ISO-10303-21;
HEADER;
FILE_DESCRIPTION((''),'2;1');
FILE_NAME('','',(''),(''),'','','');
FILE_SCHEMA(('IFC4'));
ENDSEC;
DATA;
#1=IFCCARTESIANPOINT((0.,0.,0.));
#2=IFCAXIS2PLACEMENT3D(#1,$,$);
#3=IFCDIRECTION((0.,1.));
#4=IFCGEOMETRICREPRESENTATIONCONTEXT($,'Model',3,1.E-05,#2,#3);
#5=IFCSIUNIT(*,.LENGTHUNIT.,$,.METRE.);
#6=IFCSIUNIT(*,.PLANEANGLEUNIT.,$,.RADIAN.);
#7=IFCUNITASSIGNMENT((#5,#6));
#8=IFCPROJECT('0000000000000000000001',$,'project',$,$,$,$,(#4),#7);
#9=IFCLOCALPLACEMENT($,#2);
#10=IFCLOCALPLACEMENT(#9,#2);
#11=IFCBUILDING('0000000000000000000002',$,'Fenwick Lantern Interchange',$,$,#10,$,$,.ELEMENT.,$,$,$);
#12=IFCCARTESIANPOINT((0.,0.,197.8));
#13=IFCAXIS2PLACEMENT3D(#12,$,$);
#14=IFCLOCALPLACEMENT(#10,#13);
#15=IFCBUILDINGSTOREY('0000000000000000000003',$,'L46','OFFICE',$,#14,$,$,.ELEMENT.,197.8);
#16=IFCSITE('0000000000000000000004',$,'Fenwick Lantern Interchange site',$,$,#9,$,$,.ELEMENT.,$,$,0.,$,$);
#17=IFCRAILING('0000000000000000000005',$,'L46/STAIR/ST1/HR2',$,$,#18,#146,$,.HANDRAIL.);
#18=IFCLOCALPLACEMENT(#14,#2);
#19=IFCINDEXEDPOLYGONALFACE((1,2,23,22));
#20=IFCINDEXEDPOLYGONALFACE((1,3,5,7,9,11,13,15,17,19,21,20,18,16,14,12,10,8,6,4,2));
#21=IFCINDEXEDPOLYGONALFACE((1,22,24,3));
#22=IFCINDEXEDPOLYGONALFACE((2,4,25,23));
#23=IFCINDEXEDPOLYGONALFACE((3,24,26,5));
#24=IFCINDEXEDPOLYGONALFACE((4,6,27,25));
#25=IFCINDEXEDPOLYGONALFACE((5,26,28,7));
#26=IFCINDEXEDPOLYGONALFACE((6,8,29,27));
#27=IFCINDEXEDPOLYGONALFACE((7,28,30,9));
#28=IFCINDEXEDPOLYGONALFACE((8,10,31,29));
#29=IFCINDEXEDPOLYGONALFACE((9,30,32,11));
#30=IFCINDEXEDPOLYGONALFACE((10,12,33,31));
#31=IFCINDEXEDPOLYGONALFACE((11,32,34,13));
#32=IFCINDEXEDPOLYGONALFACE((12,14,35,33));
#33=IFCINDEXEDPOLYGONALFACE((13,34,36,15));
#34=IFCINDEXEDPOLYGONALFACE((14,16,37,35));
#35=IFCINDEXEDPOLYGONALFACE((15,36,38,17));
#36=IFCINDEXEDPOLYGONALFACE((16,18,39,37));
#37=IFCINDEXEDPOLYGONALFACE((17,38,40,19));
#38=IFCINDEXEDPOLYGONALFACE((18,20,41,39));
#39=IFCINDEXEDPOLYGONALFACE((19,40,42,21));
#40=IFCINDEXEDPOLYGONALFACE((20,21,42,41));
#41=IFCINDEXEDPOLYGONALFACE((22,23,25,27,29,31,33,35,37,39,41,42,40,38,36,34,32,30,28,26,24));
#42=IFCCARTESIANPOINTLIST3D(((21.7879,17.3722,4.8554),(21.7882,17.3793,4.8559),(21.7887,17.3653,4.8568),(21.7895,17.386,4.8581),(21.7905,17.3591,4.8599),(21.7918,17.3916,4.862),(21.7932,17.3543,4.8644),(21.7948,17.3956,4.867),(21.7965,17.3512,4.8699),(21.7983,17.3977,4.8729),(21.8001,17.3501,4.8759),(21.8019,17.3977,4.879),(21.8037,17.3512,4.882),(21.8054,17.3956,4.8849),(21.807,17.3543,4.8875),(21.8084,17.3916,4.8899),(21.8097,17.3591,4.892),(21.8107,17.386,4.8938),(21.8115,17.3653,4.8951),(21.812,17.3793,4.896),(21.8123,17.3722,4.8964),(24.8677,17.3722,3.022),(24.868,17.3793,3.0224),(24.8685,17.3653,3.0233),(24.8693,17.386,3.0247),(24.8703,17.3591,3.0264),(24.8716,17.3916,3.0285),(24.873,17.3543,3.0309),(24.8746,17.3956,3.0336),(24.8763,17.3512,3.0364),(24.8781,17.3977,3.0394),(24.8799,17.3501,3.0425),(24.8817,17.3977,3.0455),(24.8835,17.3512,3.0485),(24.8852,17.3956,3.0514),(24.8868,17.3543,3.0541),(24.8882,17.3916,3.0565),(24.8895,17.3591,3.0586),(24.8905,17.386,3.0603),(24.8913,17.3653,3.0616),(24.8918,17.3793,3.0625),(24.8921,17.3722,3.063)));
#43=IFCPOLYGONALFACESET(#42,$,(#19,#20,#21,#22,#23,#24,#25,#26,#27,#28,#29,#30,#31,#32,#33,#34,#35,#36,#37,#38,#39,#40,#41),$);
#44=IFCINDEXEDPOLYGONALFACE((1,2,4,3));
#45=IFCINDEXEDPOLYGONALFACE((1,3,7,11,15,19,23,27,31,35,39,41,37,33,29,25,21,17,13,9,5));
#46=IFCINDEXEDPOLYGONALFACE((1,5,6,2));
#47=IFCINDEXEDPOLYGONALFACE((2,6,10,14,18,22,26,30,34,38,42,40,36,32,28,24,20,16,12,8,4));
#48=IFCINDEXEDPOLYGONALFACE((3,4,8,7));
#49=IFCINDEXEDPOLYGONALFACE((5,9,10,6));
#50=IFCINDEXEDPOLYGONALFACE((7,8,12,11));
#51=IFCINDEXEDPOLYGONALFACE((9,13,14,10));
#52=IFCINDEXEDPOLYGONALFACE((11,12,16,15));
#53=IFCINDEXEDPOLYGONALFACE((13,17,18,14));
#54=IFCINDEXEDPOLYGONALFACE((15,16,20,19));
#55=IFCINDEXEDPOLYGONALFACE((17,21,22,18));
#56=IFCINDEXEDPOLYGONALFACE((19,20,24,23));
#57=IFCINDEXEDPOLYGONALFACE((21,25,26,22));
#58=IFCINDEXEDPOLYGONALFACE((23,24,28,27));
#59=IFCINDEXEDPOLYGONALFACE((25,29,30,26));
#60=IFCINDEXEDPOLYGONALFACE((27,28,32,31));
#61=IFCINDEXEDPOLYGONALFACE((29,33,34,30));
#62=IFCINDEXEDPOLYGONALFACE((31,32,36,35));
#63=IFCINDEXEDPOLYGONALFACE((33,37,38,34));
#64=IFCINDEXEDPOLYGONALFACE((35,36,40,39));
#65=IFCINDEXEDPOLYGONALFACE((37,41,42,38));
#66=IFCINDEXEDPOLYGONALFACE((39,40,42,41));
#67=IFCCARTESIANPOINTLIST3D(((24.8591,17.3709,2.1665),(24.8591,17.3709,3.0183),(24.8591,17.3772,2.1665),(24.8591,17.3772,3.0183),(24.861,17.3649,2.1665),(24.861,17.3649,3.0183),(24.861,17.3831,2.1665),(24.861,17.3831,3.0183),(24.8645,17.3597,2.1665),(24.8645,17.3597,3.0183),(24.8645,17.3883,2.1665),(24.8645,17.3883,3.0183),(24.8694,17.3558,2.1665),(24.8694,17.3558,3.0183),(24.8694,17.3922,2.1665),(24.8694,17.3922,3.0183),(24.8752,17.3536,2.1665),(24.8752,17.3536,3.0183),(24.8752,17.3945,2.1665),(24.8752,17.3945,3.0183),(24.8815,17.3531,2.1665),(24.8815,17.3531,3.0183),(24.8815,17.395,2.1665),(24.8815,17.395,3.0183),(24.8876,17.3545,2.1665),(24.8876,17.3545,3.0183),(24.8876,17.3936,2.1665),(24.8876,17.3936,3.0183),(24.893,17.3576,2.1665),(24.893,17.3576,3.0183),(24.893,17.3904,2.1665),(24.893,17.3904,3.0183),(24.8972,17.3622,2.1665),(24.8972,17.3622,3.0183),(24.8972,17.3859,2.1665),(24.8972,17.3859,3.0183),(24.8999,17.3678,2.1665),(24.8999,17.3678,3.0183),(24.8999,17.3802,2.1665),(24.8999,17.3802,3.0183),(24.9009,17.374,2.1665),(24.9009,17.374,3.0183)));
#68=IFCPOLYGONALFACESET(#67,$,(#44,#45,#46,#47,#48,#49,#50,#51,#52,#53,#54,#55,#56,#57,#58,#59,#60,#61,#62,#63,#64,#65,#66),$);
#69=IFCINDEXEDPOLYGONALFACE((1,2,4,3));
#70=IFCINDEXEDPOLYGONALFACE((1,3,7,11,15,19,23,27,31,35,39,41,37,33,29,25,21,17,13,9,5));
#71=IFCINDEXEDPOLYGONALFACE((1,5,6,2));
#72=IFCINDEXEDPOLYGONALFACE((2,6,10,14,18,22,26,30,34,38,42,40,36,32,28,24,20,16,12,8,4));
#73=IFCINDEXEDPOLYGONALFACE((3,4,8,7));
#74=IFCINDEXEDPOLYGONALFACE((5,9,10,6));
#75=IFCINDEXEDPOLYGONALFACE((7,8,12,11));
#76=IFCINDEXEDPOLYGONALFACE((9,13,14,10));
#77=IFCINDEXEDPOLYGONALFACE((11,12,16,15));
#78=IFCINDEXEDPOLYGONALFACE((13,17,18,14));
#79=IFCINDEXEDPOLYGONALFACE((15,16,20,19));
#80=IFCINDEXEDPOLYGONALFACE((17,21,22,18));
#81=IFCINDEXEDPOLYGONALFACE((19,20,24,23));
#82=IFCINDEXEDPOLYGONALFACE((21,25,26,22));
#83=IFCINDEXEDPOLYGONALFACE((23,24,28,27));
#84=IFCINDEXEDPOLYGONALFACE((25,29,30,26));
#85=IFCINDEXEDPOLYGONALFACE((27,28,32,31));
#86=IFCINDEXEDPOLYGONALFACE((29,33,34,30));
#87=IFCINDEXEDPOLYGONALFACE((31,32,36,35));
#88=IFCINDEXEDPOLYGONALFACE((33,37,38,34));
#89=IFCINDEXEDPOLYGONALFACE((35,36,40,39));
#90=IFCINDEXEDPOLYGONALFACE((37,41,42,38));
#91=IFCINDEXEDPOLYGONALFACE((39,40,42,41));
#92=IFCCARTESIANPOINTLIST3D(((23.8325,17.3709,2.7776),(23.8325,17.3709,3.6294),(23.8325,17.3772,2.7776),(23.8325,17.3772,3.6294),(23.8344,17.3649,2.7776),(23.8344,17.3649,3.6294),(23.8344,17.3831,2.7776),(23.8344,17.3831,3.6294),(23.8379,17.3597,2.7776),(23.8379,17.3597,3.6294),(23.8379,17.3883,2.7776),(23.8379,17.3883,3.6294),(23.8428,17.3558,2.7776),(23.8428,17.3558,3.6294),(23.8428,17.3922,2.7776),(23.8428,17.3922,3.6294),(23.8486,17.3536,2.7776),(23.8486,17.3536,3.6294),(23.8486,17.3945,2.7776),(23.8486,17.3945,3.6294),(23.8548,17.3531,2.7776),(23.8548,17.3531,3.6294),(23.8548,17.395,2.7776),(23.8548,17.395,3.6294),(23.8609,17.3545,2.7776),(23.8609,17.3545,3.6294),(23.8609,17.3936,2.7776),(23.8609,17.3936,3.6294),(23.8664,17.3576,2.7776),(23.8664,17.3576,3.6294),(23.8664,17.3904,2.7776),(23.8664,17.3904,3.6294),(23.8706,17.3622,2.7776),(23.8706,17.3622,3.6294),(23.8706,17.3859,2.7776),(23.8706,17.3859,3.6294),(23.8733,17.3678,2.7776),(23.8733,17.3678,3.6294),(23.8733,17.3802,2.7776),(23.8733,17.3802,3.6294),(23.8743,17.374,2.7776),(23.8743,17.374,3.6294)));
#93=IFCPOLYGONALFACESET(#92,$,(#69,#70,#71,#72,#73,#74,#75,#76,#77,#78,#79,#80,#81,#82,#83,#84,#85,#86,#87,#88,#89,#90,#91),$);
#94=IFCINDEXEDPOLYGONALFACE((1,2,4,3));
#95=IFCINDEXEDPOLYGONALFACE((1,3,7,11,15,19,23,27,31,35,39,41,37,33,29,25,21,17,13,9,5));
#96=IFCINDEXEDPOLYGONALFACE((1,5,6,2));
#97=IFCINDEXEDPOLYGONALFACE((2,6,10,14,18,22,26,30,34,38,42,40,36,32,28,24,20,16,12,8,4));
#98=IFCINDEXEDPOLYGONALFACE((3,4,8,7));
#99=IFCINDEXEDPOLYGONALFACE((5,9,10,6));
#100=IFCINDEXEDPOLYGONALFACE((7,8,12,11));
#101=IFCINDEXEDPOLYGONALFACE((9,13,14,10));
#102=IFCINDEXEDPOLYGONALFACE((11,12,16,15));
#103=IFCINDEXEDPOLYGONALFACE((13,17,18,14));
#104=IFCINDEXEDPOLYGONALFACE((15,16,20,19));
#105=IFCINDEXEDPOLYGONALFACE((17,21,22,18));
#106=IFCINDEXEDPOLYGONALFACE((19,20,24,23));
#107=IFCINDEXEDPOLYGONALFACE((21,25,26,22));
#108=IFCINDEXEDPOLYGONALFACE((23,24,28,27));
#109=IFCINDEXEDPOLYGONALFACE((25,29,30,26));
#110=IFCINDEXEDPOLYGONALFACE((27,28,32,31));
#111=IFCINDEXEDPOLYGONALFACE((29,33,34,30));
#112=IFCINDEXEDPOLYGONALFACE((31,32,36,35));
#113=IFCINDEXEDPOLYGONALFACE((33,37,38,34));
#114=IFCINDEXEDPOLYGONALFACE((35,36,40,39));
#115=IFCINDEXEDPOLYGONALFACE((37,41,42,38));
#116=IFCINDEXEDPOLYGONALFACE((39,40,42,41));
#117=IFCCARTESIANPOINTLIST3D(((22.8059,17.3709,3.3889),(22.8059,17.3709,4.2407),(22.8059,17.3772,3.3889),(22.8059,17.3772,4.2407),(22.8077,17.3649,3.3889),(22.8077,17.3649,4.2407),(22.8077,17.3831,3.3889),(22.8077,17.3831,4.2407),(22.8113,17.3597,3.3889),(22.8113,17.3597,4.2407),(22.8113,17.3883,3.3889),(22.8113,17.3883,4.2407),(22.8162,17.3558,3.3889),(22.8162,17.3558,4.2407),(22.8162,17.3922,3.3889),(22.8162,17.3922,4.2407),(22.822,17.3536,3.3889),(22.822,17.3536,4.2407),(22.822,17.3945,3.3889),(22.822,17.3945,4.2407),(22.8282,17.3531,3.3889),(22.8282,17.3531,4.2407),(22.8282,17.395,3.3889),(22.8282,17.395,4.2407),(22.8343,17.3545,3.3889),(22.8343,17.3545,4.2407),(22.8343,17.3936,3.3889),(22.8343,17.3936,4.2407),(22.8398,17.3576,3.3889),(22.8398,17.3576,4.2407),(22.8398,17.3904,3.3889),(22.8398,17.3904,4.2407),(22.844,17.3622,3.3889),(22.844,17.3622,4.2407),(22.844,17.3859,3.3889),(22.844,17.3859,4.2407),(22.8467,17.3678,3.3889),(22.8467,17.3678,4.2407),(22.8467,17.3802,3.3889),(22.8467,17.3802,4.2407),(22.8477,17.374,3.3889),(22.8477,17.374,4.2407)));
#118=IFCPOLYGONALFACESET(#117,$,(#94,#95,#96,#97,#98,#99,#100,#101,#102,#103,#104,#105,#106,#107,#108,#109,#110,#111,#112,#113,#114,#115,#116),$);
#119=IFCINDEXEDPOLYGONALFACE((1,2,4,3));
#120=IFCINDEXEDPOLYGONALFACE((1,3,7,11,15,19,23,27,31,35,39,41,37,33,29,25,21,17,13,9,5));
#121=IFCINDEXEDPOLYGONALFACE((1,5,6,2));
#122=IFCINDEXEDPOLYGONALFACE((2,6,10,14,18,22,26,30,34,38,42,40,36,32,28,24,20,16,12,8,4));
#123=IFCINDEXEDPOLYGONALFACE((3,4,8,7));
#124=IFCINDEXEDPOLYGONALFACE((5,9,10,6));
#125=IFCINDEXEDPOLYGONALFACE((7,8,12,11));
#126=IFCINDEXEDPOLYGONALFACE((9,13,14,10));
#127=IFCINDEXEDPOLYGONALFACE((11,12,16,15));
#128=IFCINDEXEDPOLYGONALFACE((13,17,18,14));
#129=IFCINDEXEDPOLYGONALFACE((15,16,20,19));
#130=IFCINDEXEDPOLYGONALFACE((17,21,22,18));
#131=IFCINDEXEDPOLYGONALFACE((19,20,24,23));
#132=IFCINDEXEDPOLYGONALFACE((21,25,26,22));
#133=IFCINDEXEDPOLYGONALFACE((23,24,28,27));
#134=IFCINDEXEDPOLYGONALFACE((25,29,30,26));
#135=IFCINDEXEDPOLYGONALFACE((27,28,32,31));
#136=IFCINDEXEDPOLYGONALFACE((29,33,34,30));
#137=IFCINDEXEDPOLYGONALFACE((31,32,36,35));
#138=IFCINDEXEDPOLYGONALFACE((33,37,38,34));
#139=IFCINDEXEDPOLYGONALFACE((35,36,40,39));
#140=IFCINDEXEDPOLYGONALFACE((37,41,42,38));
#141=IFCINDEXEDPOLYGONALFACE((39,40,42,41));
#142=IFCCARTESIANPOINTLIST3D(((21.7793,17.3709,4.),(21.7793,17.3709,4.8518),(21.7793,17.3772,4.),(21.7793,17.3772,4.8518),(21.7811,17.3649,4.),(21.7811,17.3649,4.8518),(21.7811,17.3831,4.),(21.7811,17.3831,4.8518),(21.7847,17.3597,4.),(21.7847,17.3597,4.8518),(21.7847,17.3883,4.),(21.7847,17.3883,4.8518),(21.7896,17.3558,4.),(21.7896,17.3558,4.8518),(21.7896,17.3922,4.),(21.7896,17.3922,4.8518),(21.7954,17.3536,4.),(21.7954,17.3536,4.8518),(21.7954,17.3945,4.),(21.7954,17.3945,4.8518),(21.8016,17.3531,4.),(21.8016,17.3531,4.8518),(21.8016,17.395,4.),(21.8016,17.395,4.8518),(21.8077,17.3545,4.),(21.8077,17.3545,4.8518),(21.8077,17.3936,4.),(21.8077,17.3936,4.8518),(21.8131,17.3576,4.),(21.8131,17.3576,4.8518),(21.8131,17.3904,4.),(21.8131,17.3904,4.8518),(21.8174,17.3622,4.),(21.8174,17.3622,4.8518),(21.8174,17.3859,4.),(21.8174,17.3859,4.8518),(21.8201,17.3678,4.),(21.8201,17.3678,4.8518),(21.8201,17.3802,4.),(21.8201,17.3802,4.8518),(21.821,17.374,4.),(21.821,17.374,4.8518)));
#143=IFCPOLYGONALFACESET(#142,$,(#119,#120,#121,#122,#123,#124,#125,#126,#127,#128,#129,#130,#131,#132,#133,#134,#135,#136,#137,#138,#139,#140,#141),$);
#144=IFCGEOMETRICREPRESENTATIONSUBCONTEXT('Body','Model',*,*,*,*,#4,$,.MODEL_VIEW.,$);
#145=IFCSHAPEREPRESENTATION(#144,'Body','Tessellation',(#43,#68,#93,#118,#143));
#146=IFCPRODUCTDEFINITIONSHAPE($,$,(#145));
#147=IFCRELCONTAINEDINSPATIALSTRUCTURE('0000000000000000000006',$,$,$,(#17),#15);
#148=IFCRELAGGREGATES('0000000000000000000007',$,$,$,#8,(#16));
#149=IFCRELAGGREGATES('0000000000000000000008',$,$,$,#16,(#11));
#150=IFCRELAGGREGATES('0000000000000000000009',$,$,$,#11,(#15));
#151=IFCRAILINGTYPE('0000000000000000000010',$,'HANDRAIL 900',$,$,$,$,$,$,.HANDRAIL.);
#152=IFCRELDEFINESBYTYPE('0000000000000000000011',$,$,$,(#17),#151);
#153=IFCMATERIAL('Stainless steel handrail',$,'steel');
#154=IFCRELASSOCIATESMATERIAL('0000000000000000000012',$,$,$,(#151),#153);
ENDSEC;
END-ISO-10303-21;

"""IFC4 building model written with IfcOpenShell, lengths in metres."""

from ifc_helpers import new_model, si_unit, direction, frame, origin, origin_2d, place, context, subcontext, project, spatial, circle, extrude, material, type_object, element, save


model = new_model("IFC4")

# Units and contexts
model_context = context("Model", 3, precision=1e-05, world=origin(), true_north=direction((0.0, 1.0)))
body_context = subcontext(model_context, "Body", "Model", "MODEL_VIEW")
ifc_project = project(units=[si_unit("LENGTHUNIT", "METRE"), si_unit("PLANEANGLEUNIT", "RADIAN")], contexts=[model_context])

# Site, building, storey
site_placement = place(None, origin())
site = spatial("IfcSite", under=ifc_project, at=site_placement, Name="Fenwick Lantern Interchange site", CompositionType="ELEMENT", RefElevation=0.0)
building_placement = place(site_placement, origin())
building = spatial("IfcBuilding", under=site, at=building_placement, Name="Fenwick Lantern Interchange", CompositionType="ELEMENT")
storey_placement = place(building_placement, frame((0.0, 0.0, 197.8)))
storey = spatial("IfcBuildingStorey", under=building, at=storey_placement, Name="L46", Description="OFFICE", CompositionType="ELEMENT", Elevation=197.8)

# Railing
ifc_material_1 = material(Name="Stainless steel handrail", Category="steel")
railing_type = type_object("IfcRailingType", Name="HANDRAIL 900", PredefinedType="HANDRAIL", material=ifc_material_1)
railing_1_placement = place(storey_placement, frame((24.8799, 17.374, 2.1665)))
element("IfcRailing", 1, at=railing_1_placement, inside=storey, type_object=railing_type, Name="L46/STAIR/ST1/HR2", PredefinedType="HANDRAIL", context=body_context, shape_type="SweptSolid", body=[
    extrude(circle(Radius=0.0239, at=origin_2d()), frame((0.0, 0.0, 0.876), z_axis=(-0.859261, 0.0, 0.511538), x_axis=(0.0, -1.0, 0.0)), (0.0, 0.0, 1.0), 3.5842),
    extrude(circle(Radius=0.021, at=origin_2d()), origin(), (0.0, 0.0, 1.0), 0.8518),
    extrude(circle(Radius=0.021, at=origin_2d()), frame((-1.0266, 0.0, 0.6111)), (0.0, 0.0, 1.0), 0.8518),
    extrude(circle(Radius=0.021, at=origin_2d()), frame((-2.0532, 0.0, 1.2224)), (0.0, 0.0, 1.0), 0.8518),
    extrude(circle(Radius=0.021, at=origin_2d()), frame((-3.0798, 0.0, 1.8335)), (0.0, 0.0, 1.0), 0.8518),
])

save(model, "model.ifc")
